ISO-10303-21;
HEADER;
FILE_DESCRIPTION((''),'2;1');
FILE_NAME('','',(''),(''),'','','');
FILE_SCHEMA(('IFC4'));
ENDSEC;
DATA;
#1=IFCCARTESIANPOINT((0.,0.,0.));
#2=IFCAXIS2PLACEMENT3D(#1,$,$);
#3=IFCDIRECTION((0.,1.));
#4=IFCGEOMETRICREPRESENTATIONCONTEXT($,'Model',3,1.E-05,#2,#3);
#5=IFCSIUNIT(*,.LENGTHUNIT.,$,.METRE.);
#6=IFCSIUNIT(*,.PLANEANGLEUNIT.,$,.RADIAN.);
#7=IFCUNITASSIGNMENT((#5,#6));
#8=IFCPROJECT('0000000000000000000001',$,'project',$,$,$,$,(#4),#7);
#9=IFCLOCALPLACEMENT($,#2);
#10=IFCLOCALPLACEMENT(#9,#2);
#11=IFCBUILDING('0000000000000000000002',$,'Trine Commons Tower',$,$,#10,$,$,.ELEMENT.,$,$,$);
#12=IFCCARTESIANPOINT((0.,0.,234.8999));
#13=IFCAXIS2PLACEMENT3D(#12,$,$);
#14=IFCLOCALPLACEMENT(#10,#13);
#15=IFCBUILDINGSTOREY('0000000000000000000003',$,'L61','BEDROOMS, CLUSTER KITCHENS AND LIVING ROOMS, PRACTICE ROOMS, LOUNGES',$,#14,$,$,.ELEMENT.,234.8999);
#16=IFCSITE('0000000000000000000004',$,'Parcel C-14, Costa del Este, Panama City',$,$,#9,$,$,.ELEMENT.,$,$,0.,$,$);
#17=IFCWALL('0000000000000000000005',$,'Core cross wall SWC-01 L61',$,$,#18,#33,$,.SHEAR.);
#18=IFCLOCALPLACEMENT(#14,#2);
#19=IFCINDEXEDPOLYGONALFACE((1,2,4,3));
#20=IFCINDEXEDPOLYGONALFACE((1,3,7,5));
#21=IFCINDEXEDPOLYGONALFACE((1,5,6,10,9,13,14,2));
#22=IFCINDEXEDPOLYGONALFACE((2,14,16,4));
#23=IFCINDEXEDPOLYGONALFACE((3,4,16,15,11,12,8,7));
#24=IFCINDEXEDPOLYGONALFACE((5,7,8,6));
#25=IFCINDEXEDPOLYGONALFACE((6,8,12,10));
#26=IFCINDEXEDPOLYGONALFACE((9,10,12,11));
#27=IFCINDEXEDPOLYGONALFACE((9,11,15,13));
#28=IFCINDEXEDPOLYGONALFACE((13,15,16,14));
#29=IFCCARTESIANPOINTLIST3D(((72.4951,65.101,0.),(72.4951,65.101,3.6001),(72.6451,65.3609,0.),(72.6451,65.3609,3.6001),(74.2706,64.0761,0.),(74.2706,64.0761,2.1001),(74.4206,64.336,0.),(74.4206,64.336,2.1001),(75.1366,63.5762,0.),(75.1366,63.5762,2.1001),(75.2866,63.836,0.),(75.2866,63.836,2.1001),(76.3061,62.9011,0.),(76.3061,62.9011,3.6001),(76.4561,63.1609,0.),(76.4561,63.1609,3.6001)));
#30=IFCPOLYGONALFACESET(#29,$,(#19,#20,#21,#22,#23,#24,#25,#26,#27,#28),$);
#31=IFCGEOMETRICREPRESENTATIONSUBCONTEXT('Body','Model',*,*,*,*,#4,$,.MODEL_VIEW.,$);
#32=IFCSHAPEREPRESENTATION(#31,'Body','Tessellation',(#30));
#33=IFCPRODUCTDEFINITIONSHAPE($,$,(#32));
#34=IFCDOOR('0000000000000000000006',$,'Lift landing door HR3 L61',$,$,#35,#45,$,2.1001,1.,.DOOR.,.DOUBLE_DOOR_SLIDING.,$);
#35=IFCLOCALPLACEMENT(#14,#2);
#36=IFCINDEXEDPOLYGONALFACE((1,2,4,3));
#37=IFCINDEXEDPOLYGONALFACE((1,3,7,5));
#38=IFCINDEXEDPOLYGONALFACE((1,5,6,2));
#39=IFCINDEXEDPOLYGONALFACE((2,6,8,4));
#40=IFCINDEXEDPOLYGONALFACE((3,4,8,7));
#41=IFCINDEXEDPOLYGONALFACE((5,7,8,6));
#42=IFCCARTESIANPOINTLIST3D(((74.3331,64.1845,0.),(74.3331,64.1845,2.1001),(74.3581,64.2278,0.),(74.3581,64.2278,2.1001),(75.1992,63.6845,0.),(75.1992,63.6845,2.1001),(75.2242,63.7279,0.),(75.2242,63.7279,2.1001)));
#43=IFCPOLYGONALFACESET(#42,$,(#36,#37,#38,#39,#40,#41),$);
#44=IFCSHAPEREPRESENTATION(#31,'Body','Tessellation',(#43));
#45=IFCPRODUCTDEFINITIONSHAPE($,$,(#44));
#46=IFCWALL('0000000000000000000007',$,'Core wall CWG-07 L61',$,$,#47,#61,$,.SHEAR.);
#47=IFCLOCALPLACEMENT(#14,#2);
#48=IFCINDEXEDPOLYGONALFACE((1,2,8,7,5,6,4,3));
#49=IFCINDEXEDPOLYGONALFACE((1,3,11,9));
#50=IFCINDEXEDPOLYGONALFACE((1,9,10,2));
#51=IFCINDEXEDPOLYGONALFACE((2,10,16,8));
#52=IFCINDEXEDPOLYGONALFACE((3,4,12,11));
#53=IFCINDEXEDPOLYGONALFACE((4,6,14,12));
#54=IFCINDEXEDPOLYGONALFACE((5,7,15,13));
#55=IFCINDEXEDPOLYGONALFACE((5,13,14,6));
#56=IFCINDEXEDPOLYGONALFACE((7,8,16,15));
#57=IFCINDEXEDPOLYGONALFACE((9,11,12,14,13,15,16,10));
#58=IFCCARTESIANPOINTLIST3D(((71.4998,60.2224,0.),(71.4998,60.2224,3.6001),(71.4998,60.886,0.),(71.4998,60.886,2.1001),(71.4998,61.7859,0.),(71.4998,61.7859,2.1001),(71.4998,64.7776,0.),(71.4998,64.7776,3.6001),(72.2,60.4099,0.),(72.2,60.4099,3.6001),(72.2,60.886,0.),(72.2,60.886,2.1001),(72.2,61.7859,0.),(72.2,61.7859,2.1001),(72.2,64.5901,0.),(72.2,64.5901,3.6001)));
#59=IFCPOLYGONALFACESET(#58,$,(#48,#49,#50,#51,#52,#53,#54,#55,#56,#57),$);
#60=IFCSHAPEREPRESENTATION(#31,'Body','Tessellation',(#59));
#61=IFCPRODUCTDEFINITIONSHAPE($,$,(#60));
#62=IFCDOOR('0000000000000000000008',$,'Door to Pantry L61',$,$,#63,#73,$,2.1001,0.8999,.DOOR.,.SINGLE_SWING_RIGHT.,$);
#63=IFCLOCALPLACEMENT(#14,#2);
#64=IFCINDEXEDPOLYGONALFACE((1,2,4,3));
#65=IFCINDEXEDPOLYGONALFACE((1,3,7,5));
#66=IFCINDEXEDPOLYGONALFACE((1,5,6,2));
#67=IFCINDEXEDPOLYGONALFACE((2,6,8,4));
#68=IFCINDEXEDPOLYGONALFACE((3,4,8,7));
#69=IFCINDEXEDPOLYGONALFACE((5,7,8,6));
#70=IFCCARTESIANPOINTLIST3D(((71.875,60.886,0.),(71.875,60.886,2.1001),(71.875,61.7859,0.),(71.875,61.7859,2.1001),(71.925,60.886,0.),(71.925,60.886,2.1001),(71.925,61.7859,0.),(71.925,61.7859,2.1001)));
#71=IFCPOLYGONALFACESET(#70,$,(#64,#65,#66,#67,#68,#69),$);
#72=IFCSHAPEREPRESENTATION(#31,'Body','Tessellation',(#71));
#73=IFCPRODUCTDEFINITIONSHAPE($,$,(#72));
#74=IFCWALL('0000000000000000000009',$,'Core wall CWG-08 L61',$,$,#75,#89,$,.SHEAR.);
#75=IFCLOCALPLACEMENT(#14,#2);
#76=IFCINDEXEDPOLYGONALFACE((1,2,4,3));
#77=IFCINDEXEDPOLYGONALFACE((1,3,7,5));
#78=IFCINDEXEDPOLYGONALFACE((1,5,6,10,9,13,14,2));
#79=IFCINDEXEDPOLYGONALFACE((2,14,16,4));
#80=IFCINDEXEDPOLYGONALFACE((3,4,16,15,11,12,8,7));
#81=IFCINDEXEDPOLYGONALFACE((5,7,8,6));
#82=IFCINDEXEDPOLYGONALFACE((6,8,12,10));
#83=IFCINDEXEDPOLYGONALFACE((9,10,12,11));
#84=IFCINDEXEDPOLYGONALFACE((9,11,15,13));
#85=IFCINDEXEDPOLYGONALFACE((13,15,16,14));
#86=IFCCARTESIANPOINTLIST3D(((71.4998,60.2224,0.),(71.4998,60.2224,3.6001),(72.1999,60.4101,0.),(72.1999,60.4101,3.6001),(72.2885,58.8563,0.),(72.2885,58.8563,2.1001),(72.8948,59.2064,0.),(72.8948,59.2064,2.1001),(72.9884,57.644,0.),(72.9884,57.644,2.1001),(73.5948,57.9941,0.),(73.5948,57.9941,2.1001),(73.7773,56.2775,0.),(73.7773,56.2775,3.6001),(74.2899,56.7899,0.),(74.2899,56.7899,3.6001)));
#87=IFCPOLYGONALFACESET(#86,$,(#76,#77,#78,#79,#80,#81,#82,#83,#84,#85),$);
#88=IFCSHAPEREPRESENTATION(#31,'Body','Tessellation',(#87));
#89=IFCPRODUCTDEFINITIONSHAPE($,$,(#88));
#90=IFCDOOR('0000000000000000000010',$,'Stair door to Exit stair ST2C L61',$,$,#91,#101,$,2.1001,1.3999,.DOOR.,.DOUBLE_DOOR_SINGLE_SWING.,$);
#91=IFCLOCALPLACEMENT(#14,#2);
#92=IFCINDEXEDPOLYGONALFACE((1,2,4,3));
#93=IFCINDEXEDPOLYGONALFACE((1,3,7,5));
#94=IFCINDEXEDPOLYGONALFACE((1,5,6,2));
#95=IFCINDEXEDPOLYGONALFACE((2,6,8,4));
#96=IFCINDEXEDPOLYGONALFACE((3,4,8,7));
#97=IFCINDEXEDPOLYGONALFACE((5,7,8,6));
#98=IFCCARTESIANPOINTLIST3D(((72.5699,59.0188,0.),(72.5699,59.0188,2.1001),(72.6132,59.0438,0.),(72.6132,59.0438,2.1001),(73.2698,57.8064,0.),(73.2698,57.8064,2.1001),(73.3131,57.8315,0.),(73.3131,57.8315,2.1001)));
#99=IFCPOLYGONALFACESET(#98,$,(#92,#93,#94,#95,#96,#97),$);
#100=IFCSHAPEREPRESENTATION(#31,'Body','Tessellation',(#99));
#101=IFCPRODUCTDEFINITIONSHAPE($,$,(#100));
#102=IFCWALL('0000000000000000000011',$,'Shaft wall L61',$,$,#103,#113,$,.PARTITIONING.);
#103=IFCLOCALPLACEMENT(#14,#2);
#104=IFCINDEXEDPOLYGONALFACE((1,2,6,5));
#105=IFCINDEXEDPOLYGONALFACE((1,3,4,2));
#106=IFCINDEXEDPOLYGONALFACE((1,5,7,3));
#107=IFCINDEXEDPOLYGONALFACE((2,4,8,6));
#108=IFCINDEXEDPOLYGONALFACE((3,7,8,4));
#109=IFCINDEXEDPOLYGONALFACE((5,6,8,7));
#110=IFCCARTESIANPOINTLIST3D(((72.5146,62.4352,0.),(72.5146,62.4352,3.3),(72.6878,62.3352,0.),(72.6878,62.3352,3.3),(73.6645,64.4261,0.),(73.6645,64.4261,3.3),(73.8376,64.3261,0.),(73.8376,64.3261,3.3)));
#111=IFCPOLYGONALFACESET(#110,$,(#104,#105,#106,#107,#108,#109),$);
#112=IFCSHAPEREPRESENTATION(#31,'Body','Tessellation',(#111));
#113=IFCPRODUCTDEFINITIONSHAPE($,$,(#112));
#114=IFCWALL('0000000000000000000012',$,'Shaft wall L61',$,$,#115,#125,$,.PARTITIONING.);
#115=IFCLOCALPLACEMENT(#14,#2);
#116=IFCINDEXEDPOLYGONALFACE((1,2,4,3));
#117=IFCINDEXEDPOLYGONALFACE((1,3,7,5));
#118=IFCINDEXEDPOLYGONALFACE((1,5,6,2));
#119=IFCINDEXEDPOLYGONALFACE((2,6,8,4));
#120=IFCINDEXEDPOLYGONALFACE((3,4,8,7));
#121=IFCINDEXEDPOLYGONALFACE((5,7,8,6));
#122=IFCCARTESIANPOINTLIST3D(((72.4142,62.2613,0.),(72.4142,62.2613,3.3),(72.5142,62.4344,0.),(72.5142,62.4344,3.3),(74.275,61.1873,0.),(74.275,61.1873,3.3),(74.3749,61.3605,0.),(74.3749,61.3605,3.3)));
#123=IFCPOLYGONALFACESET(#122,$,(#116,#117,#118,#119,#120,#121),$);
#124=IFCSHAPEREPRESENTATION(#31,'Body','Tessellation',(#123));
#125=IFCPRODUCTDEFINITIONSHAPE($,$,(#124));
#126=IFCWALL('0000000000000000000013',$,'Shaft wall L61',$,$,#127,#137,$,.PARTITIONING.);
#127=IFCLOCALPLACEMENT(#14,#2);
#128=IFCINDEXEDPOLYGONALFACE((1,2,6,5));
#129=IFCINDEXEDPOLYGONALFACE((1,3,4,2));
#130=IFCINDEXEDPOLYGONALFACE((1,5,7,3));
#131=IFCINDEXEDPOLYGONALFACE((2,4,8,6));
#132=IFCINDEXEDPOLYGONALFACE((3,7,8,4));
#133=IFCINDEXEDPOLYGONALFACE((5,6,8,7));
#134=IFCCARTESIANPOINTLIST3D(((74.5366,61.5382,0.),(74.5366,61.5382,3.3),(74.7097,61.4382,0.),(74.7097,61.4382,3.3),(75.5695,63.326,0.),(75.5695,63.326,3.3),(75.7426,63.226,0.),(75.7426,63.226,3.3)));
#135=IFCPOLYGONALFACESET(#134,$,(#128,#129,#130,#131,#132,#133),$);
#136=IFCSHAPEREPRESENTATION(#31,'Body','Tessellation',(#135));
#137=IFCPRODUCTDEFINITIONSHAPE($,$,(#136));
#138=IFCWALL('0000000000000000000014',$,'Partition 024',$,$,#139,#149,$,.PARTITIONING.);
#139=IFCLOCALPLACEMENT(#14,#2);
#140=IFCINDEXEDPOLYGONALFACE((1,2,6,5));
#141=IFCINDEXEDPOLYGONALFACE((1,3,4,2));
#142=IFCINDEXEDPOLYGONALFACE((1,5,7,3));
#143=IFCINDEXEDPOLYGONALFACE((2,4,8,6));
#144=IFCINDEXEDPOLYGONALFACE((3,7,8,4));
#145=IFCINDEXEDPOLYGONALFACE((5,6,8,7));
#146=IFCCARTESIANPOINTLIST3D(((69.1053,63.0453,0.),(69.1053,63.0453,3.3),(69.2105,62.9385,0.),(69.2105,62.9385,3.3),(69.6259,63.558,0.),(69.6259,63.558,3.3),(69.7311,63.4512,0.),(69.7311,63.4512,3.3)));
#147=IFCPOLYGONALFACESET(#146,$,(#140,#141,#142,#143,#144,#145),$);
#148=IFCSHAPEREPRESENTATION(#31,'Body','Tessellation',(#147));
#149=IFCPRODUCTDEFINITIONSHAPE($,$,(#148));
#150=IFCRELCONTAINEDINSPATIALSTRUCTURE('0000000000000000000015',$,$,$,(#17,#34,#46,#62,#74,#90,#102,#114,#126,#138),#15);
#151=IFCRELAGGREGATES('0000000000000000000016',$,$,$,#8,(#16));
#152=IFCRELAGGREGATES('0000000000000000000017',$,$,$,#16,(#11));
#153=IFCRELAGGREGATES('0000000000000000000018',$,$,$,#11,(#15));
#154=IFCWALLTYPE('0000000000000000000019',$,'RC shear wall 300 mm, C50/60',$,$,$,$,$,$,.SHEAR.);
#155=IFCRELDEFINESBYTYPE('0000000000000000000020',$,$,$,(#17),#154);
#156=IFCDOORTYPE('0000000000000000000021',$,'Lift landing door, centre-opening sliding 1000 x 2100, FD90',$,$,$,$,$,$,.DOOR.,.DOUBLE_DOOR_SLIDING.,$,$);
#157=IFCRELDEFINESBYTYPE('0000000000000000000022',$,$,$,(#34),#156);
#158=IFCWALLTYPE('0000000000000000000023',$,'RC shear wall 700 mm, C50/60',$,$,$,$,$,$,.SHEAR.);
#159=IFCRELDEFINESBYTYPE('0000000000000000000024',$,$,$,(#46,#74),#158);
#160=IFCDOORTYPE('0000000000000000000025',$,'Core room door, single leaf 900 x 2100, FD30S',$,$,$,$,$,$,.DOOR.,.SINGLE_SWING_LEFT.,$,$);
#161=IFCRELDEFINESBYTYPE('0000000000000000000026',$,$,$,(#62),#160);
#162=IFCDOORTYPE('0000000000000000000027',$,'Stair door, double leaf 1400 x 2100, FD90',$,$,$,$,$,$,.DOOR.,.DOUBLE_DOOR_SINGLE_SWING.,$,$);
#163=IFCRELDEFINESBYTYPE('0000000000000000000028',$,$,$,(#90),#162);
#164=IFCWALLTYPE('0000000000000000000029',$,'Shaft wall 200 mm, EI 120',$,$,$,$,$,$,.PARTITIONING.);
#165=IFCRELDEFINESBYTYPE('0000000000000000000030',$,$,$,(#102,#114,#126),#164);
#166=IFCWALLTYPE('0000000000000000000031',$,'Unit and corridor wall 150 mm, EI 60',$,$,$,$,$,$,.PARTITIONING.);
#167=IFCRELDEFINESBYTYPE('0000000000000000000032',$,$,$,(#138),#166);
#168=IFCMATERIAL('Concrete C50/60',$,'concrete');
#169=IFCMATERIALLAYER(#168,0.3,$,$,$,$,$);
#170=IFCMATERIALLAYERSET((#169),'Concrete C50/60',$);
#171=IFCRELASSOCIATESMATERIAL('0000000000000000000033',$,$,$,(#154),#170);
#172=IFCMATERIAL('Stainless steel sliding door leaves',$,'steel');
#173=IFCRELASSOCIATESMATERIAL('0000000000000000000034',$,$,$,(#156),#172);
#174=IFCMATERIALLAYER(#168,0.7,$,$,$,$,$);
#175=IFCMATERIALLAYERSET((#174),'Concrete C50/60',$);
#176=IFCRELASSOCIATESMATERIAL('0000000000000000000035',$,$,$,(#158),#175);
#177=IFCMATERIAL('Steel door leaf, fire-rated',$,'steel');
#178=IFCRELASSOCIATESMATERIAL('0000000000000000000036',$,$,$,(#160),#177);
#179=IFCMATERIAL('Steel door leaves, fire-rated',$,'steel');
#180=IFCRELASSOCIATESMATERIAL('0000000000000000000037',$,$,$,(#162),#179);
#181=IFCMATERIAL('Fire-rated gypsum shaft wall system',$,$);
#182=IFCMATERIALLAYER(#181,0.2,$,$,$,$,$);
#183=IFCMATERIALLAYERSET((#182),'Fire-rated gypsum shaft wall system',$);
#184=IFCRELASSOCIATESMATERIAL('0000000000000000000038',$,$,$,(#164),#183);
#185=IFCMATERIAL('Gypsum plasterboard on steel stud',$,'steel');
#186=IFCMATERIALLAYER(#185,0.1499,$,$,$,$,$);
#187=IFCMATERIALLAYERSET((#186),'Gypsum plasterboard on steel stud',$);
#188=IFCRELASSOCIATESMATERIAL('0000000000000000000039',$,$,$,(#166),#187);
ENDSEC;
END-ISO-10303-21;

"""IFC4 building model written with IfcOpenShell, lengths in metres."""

from ifc_helpers import new_model, si_unit, direction, frame, frame_2d, origin, place, context, subcontext, project, spatial, polyline, rectangle, outline, extrude, material, layer, layer_set, type_object, element, fill, save


model = new_model("IFC4")

# Units and contexts
model_context = context("Model", 3, precision=1e-05, world=origin(), true_north=direction((0.0, 1.0)))
body_context = subcontext(model_context, "Body", "Model", "MODEL_VIEW")
ifc_project = project(units=[si_unit("LENGTHUNIT", "METRE"), si_unit("PLANEANGLEUNIT", "RADIAN")], contexts=[model_context])

# Site, building, storey
site_placement = place(None, origin())
site = spatial("IfcSite", under=ifc_project, at=site_placement, Name="Parcel C-14, Costa del Este, Panama City", CompositionType="ELEMENT", RefElevation=0.0)
building_placement = place(site_placement, origin())
building = spatial("IfcBuilding", under=site, at=building_placement, Name="Trine Commons Tower", CompositionType="ELEMENT")
storey_placement = place(building_placement, frame((0.0, 0.0, 234.8999)))
storey = spatial("IfcBuildingStorey", under=building, at=storey_placement, Name="L61", Description="BEDROOMS, CLUSTER KITCHENS AND LIVING ROOMS, PRACTICE ROOMS, LOUNGES", CompositionType="ELEMENT", Elevation=234.8999)

# Walls, openings, doors
ifc_material_1 = material(Name="Concrete C50/60", Category="concrete")
ifc_layer_1 = layer(ifc_material_1, 0.3)
ifc_layer_set_1 = layer_set([ifc_layer_1], Name="Concrete C50/60")
wall_type_1 = type_object("IfcWallType", Name="RC shear wall 300 mm, C50/60", PredefinedType="SHEAR", material=ifc_layer_set_1)
wall_1_placement = place(storey_placement, frame((76.3811, 63.031, 0.0), z_axis=(0.0, 0.0, 1.0), x_axis=(-0.86606, 0.49994, 0.0)))
wall_1 = element("IfcWall", 1, at=wall_1_placement, inside=storey, type_object=wall_type_1, Name="Core cross wall SWC-01 L61", PredefinedType="SHEAR", context=body_context, shape_type="SweptSolid", body=[
    extrude(rectangle(XDim=4.4004, YDim=0.3, at=frame_2d((2.2002, 0.0))), origin(), (0.0, 0.0, 1.0), 3.6001),
])
opening_1_placement = place(wall_1_placement, frame((1.3503, 0.0, 0.0)))
opening_1 = element("IfcOpeningElement", 2, at=opening_1_placement, cuts=wall_1, PredefinedType="OPENING", context=body_context, shape_type="SweptSolid", body=[
    extrude(rectangle(XDim=1.0, YDim=2.1001, at=frame_2d((0.5, 1.05))), frame((0.0, 0.1599, 0.0), z_axis=(0.0, -1.0, 0.0), x_axis=(1.0, 0.0, 0.0)), (0.0, 0.0, 1.0), 0.3201),
])
ifc_material_2 = material(Name="Stainless steel sliding door leaves", Category="steel")
door_type_1 = type_object("IfcDoorType", Name="Lift landing door, centre-opening sliding 1000 x 2100, FD90", OperationType="DOUBLE_DOOR_SLIDING", PredefinedType="DOOR", material=ifc_material_2)
door_1_placement = place(opening_1_placement, origin())
door_1 = element("IfcDoor", 3, at=door_1_placement, inside=storey, type_object=door_type_1, Name="Lift landing door HR3 L61", OperationType="DOUBLE_DOOR_SLIDING", OverallHeight=2.1001, OverallWidth=1.0, PredefinedType="DOOR", context=body_context, shape_type="SweptSolid", body=[
    extrude(rectangle(XDim=1.0, YDim=2.1001, at=frame_2d((0.5, 1.05))), frame((0.0, 0.0249, 0.0), z_axis=(0.0, -1.0, 0.0), x_axis=(1.0, 0.0, 0.0)), (0.0, 0.0, 1.0), 0.05),
])
fill(opening_1, door_1)
ifc_layer_2 = layer(ifc_material_1, 0.7)
ifc_layer_set_2 = layer_set([ifc_layer_2], Name="Concrete C50/60")
wall_type_2 = type_object("IfcWallType", Name="RC shear wall 700 mm, C50/60", PredefinedType="SHEAR", material=ifc_layer_set_2)
wall_2_placement = place(storey_placement, frame((71.8499, 64.7776, 0.0), z_axis=(0.0, 0.0, 1.0), x_axis=(0.0, -1.0, 0.0)))
wall_2 = element("IfcWall", 4, at=wall_2_placement, inside=storey, type_object=wall_type_2, Name="Core wall CWG-07 L61", PredefinedType="SHEAR", context=body_context, shape_type="SweptSolid", body=[
    extrude(outline(polyline([(0.0, -0.3501), (4.5552, -0.3501), (4.3677, 0.3501), (0.1875, 0.3501), (0.0, -0.3501)])), origin(), (0.0, 0.0, 1.0), 3.6001),
])
opening_2_placement = place(wall_2_placement, frame((2.9917, 0.0, 0.0)))
opening_2 = element("IfcOpeningElement", 5, at=opening_2_placement, cuts=wall_2, PredefinedType="OPENING", context=body_context, shape_type="SweptSolid", body=[
    extrude(rectangle(XDim=0.8999, YDim=2.1001, at=frame_2d((0.45, 1.05))), frame((0.0, 0.3599, 0.0), z_axis=(0.0, -1.0, 0.0), x_axis=(1.0, 0.0, 0.0)), (0.0, 0.0, 1.0), 0.72),
])
ifc_material_3 = material(Name="Steel door leaf, fire-rated", Category="steel")
door_type_2 = type_object("IfcDoorType", Name="Core room door, single leaf 900 x 2100, FD30S", OperationType="SINGLE_SWING_LEFT", PredefinedType="DOOR", material=ifc_material_3)
door_2_placement = place(opening_2_placement, origin())
door_2 = element("IfcDoor", 6, at=door_2_placement, inside=storey, type_object=door_type_2, Name="Door to Pantry L61", OperationType="SINGLE_SWING_RIGHT", OverallHeight=2.1001, OverallWidth=0.8999, PredefinedType="DOOR", context=body_context, shape_type="SweptSolid", body=[
    extrude(rectangle(XDim=0.8999, YDim=2.1001, at=frame_2d((0.45, 1.05))), frame((0.0, 0.0752, 0.0), z_axis=(0.0, -1.0, 0.0), x_axis=(1.0, 0.0, 0.0)), (0.0, 0.0, 1.0), 0.05),
])
fill(opening_2, door_2)
wall_3_placement = place(storey_placement, frame((71.803, 60.3975, 0.0), z_axis=(0.0, 0.0, 1.0), x_axis=(0.499984, -0.866035, 0.0)))
wall_3 = element("IfcWall", 7, at=wall_3_placement, inside=storey, type_object=wall_type_2, Name="Core wall CWG-08 L61", PredefinedType="SHEAR", context=body_context, shape_type="SweptSolid", body=[
    extrude(outline(polyline([(0.0, -0.3501), (4.5552, -0.3501), (4.3677, 0.3501), (0.1875, 0.3501), (0.0, -0.3501)])), origin(), (0.0, 0.0, 1.0), 3.6001),
])
opening_3_placement = place(wall_3_placement, frame((1.5774, 0.0, 0.0)))
opening_3 = element("IfcOpeningElement", 8, at=opening_3_placement, cuts=wall_3, PredefinedType="OPENING", context=body_context, shape_type="SweptSolid", body=[
    extrude(rectangle(XDim=1.3999, YDim=2.1001, at=frame_2d((0.7, 1.05))), frame((0.0, 0.3599, 0.0), z_axis=(0.0, -1.0, 0.0), x_axis=(1.0, 0.0, 0.0)), (0.0, 0.0, 1.0), 0.72),
])
ifc_material_4 = material(Name="Steel door leaves, fire-rated", Category="steel")
door_type_3 = type_object("IfcDoorType", Name="Stair door, double leaf 1400 x 2100, FD90", OperationType="DOUBLE_DOOR_SINGLE_SWING", PredefinedType="DOOR", material=ifc_material_4)
door_3_placement = place(opening_3_placement, origin())
door_3 = element("IfcDoor", 9, at=door_3_placement, inside=storey, type_object=door_type_3, Name="Stair door to Exit stair ST2C L61", OperationType="DOUBLE_DOOR_SINGLE_SWING", OverallHeight=2.1001, OverallWidth=1.3999, PredefinedType="DOOR", context=body_context, shape_type="SweptSolid", body=[
    extrude(rectangle(XDim=1.3999, YDim=2.1001, at=frame_2d((0.7, 1.05))), frame((0.0, 0.0249, 0.0), z_axis=(0.0, -1.0, 0.0), x_axis=(1.0, 0.0, 0.0)), (0.0, 0.0, 1.0), 0.05),
])
fill(opening_3, door_3)

# Walls
ifc_material_5 = material(Name="Fire-rated gypsum shaft wall system")
ifc_layer_3 = layer(ifc_material_5, 0.2)
ifc_layer_set_3 = layer_set([ifc_layer_3], Name="Fire-rated gypsum shaft wall system")
wall_type_3 = type_object("IfcWallType", Name="Shaft wall 200 mm, EI 120", PredefinedType="PARTITIONING", material=ifc_layer_set_3)
wall_4_placement = place(storey_placement, frame((73.751, 64.376, 0.0), z_axis=(0.0, 0.0, 1.0), x_axis=(-0.500136, -0.865947, 0.0)))
element("IfcWall", 10, at=wall_4_placement, inside=storey, type_object=wall_type_3, Name="Shaft wall L61", PredefinedType="PARTITIONING", context=body_context, shape_type="SweptSolid", body=[
    extrude(rectangle(XDim=2.2991, YDim=0.2, at=frame_2d((1.1494, 0.0))), origin(), (0.0, 0.0, 1.0), 3.3),
])
wall_5_placement = place(storey_placement, frame((74.325, 61.2739, 0.0), z_axis=(0.0, 0.0, 1.0), x_axis=(-0.866102, 0.499867, 0.0)))
element("IfcWall", 11, at=wall_5_placement, inside=storey, type_object=wall_type_3, Name="Shaft wall L61", PredefinedType="PARTITIONING", context=body_context, shape_type="SweptSolid", body=[
    extrude(rectangle(XDim=2.1484, YDim=0.2, at=frame_2d((1.0742, 0.0))), origin(), (0.0, 0.0, 1.0), 3.3),
])
wall_6_placement = place(storey_placement, frame((75.656, 63.2759, 0.0), z_axis=(0.0, 0.0, 1.0), x_axis=(-0.500272, -0.865868, 0.0)))
element("IfcWall", 12, at=wall_6_placement, inside=storey, type_object=wall_type_3, Name="Shaft wall L61", PredefinedType="PARTITIONING", context=body_context, shape_type="SweptSolid", body=[
    extrude(rectangle(XDim=2.0647, YDim=0.2, at=frame_2d((1.0322, 0.0))), origin(), (0.0, 0.0, 1.0), 3.3),
])
ifc_material_6 = material(Name="Gypsum plasterboard on steel stud", Category="steel")
ifc_layer_4 = layer(ifc_material_6, 0.1499)
ifc_layer_set_4 = layer_set([ifc_layer_4], Name="Gypsum plasterboard on steel stud")
wall_type_4 = type_object("IfcWallType", Name="Unit and corridor wall 150 mm, EI 60", PredefinedType="PARTITIONING", material=ifc_layer_set_4)
wall_7_placement = place(storey_placement, frame((69.158, 62.9919, 0.0), z_axis=(0.0, 0.0, 1.0), x_axis=(0.712433, 0.70174, 0.0)))
element("IfcWall", 13, at=wall_7_placement, inside=storey, type_object=wall_type_4, Name="Partition 024", PredefinedType="PARTITIONING", context=body_context, shape_type="SweptSolid", body=[
    extrude(rectangle(XDim=0.7307, YDim=0.1499, at=frame_2d((0.3652, 0.0))), origin(), (0.0, 0.0, 1.0), 3.3),
])

save(model, "model.ifc")
